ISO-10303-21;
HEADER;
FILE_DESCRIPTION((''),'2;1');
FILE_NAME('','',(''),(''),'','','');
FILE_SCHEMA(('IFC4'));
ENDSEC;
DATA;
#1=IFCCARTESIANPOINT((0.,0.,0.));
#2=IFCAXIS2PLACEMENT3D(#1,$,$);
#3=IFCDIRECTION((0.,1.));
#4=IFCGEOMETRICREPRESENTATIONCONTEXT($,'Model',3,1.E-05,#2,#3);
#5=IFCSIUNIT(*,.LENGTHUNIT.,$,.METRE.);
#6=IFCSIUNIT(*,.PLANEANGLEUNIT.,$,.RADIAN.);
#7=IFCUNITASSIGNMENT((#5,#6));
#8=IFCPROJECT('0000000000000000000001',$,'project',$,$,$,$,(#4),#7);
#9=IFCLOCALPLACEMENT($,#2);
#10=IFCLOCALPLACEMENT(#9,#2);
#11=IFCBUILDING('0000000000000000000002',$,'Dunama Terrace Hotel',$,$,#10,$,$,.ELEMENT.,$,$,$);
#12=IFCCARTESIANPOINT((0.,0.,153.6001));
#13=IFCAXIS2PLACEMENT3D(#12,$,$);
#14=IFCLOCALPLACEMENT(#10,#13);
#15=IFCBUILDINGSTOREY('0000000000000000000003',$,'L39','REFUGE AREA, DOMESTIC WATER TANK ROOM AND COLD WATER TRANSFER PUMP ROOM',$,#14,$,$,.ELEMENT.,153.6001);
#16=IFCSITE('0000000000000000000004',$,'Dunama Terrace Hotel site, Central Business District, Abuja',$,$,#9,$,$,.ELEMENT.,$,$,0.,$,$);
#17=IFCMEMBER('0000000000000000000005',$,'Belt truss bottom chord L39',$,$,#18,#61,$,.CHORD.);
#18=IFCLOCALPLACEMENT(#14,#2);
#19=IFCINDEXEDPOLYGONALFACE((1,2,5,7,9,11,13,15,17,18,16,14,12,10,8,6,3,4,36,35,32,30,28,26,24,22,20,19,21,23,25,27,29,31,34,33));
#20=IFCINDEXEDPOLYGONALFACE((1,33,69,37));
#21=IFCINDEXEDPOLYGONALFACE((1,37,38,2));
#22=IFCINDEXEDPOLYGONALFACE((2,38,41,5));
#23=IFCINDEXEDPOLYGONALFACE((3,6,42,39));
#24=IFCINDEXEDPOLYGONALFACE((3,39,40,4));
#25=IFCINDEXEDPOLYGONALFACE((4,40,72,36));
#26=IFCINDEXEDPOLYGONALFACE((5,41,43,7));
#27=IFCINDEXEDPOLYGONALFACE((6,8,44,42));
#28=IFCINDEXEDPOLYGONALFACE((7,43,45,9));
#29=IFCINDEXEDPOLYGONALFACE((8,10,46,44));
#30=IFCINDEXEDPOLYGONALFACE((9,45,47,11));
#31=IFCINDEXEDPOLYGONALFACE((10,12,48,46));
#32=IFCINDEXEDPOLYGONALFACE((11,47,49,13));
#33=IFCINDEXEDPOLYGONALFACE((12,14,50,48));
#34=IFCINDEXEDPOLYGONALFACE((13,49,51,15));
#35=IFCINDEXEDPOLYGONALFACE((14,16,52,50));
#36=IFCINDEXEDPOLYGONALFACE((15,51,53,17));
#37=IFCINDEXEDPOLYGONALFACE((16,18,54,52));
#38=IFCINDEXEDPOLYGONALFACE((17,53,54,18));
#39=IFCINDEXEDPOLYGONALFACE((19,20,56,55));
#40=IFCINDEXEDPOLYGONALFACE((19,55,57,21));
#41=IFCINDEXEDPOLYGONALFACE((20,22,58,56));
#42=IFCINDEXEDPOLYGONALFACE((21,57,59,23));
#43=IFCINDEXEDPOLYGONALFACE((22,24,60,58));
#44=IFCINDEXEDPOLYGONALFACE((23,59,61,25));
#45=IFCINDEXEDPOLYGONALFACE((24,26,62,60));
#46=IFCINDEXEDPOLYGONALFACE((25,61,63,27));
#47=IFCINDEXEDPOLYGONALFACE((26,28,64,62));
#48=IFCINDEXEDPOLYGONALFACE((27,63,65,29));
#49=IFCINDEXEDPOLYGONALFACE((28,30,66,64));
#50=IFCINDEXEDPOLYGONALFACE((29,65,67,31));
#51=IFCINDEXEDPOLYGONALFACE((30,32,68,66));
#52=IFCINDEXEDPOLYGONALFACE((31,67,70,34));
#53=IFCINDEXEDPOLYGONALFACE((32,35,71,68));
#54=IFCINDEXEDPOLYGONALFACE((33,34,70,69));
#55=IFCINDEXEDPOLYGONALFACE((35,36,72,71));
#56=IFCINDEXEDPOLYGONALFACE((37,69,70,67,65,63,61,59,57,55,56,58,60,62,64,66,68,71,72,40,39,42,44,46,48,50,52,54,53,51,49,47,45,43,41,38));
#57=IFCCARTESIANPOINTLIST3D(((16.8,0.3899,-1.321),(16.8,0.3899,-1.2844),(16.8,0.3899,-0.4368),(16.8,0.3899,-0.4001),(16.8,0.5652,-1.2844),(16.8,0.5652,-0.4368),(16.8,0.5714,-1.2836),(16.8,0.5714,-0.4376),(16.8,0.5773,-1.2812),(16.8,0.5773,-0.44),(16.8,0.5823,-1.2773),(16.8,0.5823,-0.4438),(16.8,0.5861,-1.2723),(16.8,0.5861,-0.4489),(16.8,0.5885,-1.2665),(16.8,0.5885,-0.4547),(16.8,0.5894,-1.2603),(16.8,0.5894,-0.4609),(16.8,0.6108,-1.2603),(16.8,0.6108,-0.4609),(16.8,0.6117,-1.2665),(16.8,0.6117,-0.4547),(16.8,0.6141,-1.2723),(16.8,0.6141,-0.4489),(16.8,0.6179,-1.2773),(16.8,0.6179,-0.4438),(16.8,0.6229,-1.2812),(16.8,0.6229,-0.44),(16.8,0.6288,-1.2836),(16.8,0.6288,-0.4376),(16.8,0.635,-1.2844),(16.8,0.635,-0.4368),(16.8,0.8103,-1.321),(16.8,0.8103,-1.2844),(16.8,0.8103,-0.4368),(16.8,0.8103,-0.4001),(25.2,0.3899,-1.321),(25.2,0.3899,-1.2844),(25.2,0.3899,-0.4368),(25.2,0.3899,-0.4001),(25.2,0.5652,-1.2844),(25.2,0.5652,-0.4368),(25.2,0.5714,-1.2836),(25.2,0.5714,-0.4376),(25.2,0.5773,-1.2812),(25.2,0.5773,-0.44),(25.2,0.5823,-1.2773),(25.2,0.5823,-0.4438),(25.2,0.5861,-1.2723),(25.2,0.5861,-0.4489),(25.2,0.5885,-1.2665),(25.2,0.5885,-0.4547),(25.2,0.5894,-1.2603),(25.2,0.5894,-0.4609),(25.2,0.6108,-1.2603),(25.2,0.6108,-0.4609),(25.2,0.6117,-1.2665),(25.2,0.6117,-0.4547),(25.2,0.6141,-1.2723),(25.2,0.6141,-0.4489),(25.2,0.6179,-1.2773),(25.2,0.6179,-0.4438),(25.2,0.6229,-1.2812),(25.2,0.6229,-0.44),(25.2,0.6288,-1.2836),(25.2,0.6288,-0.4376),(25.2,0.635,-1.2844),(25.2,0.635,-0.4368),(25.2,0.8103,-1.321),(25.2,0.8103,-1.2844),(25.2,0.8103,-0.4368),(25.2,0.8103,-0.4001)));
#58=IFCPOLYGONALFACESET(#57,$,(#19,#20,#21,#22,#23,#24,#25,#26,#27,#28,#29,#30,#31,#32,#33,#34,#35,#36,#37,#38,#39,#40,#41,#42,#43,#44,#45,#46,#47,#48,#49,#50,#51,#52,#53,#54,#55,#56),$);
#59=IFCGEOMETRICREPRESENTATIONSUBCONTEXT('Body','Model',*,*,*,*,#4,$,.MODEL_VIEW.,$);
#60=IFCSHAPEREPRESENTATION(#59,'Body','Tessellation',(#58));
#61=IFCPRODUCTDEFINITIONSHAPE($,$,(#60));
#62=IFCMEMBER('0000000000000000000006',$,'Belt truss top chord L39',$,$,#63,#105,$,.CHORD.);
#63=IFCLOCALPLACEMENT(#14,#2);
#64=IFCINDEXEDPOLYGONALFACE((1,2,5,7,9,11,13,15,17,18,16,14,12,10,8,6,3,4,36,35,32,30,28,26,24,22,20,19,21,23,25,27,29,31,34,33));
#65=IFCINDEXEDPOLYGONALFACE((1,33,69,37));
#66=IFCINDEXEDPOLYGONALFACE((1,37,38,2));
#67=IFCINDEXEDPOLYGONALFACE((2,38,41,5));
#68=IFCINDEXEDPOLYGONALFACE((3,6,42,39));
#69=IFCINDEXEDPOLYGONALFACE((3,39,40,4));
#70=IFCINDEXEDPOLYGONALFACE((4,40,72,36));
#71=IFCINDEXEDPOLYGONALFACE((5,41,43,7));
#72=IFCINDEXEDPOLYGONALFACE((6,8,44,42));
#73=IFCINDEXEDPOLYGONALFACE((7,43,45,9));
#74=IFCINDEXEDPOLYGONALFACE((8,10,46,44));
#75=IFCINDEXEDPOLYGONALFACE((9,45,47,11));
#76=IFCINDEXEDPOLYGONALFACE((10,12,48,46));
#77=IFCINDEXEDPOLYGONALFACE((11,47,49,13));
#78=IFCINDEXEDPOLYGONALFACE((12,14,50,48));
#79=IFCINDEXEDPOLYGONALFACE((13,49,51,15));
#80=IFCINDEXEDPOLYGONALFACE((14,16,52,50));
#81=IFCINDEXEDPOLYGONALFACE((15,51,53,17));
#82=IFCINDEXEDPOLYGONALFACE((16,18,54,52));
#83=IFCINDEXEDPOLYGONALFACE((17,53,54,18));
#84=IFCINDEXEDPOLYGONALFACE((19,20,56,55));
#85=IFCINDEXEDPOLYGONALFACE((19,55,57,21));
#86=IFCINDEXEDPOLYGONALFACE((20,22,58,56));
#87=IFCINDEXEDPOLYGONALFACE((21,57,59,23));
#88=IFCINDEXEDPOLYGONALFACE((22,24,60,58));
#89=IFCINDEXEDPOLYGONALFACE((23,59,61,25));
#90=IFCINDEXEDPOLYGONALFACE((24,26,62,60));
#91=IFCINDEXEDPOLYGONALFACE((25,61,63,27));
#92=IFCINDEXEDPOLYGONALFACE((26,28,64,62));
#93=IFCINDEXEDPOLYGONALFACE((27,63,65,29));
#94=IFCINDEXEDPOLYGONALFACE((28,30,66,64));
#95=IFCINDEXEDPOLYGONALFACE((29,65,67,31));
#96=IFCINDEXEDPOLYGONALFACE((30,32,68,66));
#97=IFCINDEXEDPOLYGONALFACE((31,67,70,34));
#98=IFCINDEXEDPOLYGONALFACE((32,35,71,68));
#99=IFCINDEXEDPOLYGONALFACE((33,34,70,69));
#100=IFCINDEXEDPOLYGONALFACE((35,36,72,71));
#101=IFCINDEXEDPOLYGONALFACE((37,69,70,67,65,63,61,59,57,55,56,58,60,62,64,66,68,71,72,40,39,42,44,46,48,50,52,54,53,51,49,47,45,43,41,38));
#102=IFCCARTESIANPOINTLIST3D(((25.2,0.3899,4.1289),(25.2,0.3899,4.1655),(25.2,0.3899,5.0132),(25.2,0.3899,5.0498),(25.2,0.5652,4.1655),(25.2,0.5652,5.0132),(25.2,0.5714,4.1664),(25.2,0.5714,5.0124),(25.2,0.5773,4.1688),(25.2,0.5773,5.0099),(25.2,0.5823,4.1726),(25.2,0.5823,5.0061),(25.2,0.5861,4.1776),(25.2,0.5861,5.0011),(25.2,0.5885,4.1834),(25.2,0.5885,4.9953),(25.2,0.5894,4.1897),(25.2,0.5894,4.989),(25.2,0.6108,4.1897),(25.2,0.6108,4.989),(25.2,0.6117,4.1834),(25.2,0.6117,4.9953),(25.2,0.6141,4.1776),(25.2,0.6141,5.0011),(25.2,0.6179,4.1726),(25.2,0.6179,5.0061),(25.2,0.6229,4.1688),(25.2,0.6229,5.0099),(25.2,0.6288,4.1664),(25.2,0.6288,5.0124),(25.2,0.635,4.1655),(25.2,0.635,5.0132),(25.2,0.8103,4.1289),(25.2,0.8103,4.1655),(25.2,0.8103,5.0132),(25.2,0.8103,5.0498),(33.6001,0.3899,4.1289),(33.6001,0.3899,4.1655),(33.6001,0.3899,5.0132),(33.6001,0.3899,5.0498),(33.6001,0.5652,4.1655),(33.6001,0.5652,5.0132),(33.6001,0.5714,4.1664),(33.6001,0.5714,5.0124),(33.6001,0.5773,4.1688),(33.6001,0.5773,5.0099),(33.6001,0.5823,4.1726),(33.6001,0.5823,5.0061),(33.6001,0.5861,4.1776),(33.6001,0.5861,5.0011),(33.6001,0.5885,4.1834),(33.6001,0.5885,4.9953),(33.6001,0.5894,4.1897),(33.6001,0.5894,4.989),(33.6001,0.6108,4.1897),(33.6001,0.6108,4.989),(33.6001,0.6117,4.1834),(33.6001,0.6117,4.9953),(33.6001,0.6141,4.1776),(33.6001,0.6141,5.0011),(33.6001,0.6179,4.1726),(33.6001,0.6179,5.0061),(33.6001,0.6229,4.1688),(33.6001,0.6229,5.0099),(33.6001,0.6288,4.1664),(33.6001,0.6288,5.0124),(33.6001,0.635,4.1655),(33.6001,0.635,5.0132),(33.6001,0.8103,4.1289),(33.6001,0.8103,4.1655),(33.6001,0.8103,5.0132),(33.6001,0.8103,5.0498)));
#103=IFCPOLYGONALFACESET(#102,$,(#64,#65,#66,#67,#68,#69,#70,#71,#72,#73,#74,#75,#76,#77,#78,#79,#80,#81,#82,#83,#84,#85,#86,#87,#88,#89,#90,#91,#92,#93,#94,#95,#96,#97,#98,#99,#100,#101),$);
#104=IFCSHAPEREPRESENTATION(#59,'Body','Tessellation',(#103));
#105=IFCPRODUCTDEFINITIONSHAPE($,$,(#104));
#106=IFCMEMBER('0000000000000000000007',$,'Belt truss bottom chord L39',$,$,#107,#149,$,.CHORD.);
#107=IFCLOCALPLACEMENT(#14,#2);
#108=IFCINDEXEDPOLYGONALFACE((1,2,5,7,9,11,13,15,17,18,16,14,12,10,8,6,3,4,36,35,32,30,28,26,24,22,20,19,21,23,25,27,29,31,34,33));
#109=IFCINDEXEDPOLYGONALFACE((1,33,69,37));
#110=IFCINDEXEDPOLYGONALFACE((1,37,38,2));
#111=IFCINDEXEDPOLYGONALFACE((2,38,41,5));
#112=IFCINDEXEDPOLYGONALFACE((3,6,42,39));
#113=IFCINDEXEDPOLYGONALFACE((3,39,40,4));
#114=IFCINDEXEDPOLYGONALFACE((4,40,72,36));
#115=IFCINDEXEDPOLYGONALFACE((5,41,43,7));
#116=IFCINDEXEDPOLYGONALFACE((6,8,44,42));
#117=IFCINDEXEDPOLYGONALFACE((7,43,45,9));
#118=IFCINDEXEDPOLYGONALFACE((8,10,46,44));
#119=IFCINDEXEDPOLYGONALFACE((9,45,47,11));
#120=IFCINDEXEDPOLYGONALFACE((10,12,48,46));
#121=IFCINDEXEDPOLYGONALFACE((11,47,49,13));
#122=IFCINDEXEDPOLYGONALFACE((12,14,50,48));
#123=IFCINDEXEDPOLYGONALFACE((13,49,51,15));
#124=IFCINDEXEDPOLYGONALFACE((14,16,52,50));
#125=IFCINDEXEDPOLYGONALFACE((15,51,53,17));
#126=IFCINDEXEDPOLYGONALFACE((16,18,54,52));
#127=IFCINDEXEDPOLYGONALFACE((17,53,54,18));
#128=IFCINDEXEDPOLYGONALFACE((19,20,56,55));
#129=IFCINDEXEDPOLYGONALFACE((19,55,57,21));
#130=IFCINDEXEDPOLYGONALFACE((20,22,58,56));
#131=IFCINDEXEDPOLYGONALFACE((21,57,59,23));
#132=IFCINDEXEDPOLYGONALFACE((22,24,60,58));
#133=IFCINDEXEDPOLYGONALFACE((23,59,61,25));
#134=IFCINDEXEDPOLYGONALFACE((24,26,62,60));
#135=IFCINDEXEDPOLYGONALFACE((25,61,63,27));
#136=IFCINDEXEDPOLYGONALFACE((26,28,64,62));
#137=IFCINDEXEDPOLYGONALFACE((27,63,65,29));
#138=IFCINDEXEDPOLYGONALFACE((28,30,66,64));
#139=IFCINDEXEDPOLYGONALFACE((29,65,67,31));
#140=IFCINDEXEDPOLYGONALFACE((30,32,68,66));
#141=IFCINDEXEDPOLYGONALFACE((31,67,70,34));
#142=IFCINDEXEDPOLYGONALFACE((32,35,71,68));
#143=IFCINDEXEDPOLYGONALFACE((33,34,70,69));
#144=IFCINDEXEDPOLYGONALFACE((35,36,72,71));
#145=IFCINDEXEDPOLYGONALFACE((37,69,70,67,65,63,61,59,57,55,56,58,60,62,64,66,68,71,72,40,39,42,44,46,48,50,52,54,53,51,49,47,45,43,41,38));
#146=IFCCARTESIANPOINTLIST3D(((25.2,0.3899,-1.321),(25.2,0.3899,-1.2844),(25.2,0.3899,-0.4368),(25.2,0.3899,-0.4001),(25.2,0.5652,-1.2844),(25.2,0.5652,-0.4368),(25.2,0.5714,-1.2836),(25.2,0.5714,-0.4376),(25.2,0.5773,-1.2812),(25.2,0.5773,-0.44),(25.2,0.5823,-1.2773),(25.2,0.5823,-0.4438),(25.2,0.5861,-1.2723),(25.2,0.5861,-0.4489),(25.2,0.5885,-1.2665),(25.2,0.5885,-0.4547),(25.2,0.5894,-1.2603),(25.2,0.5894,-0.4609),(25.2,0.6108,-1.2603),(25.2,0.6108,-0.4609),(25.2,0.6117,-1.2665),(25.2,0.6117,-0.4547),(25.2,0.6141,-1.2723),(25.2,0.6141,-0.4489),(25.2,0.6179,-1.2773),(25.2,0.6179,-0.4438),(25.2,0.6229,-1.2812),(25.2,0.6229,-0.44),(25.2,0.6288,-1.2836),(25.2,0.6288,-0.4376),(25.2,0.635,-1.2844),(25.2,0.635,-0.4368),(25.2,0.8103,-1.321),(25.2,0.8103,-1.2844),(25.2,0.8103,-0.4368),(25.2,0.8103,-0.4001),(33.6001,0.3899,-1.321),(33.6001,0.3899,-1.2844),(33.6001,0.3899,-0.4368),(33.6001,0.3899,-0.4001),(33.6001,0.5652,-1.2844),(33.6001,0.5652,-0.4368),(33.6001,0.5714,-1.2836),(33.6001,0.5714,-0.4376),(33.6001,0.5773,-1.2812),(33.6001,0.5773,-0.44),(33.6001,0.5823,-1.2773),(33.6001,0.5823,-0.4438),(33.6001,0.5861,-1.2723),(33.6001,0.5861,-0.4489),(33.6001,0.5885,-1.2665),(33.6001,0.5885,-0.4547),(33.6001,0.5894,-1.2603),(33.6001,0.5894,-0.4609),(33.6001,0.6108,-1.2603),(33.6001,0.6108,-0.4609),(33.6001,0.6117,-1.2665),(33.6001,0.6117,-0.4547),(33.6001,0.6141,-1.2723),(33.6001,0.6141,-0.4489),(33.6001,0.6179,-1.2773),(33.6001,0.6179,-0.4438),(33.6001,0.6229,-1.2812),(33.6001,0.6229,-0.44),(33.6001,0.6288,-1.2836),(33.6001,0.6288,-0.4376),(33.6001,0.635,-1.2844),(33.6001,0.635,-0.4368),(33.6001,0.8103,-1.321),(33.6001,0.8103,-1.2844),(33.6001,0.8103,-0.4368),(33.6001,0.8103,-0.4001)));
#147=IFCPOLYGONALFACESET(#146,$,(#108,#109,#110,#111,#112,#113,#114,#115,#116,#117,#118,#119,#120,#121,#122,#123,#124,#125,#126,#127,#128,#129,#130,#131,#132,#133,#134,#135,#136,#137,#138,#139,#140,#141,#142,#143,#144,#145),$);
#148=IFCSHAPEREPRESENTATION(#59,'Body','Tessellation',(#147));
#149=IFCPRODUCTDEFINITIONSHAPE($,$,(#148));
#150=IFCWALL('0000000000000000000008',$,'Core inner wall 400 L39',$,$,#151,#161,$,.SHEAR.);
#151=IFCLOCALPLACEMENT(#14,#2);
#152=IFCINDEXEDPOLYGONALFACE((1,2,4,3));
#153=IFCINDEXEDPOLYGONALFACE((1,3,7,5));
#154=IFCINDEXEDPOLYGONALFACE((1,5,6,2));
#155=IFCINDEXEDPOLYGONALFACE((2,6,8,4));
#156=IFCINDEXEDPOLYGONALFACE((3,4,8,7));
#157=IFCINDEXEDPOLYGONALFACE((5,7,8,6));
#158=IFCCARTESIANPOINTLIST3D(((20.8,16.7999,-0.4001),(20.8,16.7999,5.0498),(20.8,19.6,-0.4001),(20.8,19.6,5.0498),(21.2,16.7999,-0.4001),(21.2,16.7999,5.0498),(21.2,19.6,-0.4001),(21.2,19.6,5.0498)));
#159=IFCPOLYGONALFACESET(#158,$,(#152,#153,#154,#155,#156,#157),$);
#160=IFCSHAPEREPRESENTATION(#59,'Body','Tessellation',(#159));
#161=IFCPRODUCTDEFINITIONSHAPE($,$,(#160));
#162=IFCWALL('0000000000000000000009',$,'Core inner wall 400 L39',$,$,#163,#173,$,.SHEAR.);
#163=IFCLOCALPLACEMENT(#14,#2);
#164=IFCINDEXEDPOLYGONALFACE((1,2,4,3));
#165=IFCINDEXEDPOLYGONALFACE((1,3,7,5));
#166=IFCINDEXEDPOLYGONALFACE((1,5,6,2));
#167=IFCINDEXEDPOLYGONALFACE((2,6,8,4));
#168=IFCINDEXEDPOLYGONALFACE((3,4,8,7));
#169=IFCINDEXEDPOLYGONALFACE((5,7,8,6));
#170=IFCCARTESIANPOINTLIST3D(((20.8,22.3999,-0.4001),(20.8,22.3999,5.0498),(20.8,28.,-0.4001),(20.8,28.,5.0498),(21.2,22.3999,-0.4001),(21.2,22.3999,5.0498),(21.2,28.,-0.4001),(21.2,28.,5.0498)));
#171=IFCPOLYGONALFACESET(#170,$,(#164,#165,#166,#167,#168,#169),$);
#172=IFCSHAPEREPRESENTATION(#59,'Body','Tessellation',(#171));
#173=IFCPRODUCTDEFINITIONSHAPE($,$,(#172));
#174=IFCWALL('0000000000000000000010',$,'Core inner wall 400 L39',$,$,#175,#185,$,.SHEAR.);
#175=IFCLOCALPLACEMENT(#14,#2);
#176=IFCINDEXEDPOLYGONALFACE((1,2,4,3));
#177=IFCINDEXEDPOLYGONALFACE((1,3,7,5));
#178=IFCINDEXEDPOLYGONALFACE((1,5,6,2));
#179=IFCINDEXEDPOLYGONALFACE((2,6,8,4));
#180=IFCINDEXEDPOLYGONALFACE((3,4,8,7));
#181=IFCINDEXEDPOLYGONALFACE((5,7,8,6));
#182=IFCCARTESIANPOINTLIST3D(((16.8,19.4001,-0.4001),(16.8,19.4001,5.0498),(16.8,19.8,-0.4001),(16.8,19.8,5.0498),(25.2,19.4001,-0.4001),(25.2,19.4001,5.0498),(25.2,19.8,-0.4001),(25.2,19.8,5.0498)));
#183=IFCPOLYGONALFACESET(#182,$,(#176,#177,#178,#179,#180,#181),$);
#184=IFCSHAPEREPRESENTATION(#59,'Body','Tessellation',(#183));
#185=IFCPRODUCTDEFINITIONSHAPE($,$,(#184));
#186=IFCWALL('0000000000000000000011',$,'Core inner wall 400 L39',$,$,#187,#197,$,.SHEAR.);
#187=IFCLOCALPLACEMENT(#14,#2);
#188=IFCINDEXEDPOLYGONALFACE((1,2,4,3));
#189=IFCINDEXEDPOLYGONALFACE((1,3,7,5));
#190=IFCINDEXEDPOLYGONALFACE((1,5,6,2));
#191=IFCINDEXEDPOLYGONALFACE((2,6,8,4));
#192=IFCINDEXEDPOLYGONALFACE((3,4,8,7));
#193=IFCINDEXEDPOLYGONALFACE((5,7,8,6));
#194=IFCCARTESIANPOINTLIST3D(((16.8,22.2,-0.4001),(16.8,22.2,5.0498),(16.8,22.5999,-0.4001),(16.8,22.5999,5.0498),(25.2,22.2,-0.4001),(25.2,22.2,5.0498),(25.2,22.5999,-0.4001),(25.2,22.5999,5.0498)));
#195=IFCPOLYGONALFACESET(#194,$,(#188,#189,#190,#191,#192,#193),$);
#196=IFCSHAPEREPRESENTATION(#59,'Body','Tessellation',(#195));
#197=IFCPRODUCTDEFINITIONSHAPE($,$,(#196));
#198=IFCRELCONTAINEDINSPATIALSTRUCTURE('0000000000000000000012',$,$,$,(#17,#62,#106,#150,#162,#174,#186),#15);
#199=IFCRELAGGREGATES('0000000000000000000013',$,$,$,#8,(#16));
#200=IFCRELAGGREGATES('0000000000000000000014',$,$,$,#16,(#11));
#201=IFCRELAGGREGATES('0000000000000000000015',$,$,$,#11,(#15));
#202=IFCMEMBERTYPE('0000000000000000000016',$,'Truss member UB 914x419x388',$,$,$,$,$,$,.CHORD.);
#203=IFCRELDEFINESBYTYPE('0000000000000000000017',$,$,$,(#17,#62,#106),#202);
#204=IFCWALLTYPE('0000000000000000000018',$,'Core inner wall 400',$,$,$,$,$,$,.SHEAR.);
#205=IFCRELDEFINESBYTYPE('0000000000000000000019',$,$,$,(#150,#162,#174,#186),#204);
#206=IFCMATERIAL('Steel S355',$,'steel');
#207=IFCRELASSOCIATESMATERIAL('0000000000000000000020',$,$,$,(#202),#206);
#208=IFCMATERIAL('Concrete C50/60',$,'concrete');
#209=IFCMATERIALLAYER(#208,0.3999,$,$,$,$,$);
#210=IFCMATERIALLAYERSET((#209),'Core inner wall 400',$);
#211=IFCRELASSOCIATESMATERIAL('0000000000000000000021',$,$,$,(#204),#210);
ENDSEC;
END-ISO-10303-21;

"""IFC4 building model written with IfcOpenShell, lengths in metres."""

from ifc_helpers import new_model, si_unit, direction, frame, frame_2d, origin, origin_2d, place, context, subcontext, project, spatial, rectangle, i_section, extrude, material, layer, layer_set, material_profile, profile_set, type_object, element, save


model = new_model("IFC4")

# Units and contexts
model_context = context("Model", 3, precision=1e-05, world=origin(), true_north=direction((0.0, 1.0)))
body_context = subcontext(model_context, "Body", "Model", "MODEL_VIEW")
ifc_project = project(units=[si_unit("LENGTHUNIT", "METRE"), si_unit("PLANEANGLEUNIT", "RADIAN")], contexts=[model_context])

# Site, building, storey
site_placement = place(None, origin())
site = spatial("IfcSite", under=ifc_project, at=site_placement, Name="Dunama Terrace Hotel site, Central Business District, Abuja", CompositionType="ELEMENT", RefElevation=0.0)
building_placement = place(site_placement, origin())
building = spatial("IfcBuilding", under=site, at=building_placement, Name="Dunama Terrace Hotel", CompositionType="ELEMENT")
storey_placement = place(building_placement, frame((0.0, 0.0, 153.6001)))
storey = spatial("IfcBuildingStorey", under=building, at=storey_placement, Name="L39", Description="REFUGE AREA, DOMESTIC WATER TANK ROOM AND COLD WATER TRANSFER PUMP ROOM", CompositionType="ELEMENT", Elevation=153.6001)

# Members
ifc_material_1 = material(Name="Steel S355", Category="steel")
ifc_material_profile_1 = material_profile(ifc_material_1, i_section(OverallWidth=0.4204, OverallDepth=0.9209, WebThickness=0.0215, FlangeThickness=0.0366, FilletRadius=0.0242, at=origin_2d()), Name="UB 914x419x388")
ifc_profile_set_1 = profile_set([ifc_material_profile_1], Name="Steel S355")
member_type_1 = type_object("IfcMemberType", Name="Truss member UB 914x419x388", PredefinedType="CHORD", material=ifc_profile_set_1)
for number, where, z_axis, x_axis, name in (
    (1, (16.8, 0.6001, -0.8606), (1.0, 0.0, 0.0), (0.0, 1.0, 0.0), "Belt truss bottom chord L39"),
):
    element("IfcMember", number, at=place(storey_placement, frame(where, z_axis=z_axis, x_axis=x_axis)), inside=storey, type_object=member_type_1, Name=name, PredefinedType="CHORD", context=body_context, shape_type="SweptSolid", body=[
        extrude(i_section(OverallWidth=0.4204, OverallDepth=0.9209, WebThickness=0.0215, FlangeThickness=0.0366, FilletRadius=0.0242, at=origin_2d()), origin(), (0.0, 0.0, 1.0), 8.3999),
    ])
for number, where, z_axis, x_axis, name in (
    (2, (25.2, 0.6001, 4.5894), (1.0, 0.0, 0.0), (0.0, 1.0, 0.0), "Belt truss top chord L39"),
    (3, (25.2, 0.6001, -0.8606), (1.0, 0.0, 0.0), (0.0, 1.0, 0.0), "Belt truss bottom chord L39"),
):
    element("IfcMember", number, at=place(storey_placement, frame(where, z_axis=z_axis, x_axis=x_axis)), inside=storey, type_object=member_type_1, Name=name, PredefinedType="CHORD", context=body_context, shape_type="SweptSolid", body=[
        extrude(i_section(OverallWidth=0.4204, OverallDepth=0.9209, WebThickness=0.0215, FlangeThickness=0.0366, FilletRadius=0.0242, at=origin_2d()), origin(), (0.0, 0.0, 1.0), 8.4001),
    ])

# Walls
ifc_material_2 = material(Name="Concrete C50/60", Category="concrete")
ifc_layer_1 = layer(ifc_material_2, 0.3999)
ifc_layer_set_1 = layer_set([ifc_layer_1], Name="Core inner wall 400")
wall_type_1 = type_object("IfcWallType", Name="Core inner wall 400", PredefinedType="SHEAR", material=ifc_layer_set_1)
wall_1_placement = place(storey_placement, frame((21.0, 16.8, -0.4001), z_axis=(0.0, 0.0, 1.0), x_axis=(0.0, 1.0, 0.0)))
element("IfcWall", 4, at=wall_1_placement, inside=storey, type_object=wall_type_1, Name="Core inner wall 400 L39", PredefinedType="SHEAR", context=body_context, shape_type="SweptSolid", body=[
    extrude(rectangle(XDim=2.8, YDim=0.3999, at=frame_2d((1.3999, 0.0))), origin(), (0.0, 0.0, 1.0), 5.45),
])
wall_2_placement = place(storey_placement, frame((21.0, 22.3999, -0.4001), z_axis=(0.0, 0.0, 1.0), x_axis=(0.0, 1.0, 0.0)))
element("IfcWall", 5, at=wall_2_placement, inside=storey, type_object=wall_type_1, Name="Core inner wall 400 L39", PredefinedType="SHEAR", context=body_context, shape_type="SweptSolid", body=[
    extrude(rectangle(XDim=5.6001, YDim=0.3999, at=frame_2d((2.8, 0.0))), origin(), (0.0, 0.0, 1.0), 5.45),
])
for number, where, z_axis, x_axis, name in (
    (6, (16.8, 19.6001, -0.4001), (0.0, 0.0, 1.0), (1.0, 0.0, 0.0), "Core inner wall 400 L39"),
    (7, (16.8, 22.3999, -0.4001), (0.0, 0.0, 1.0), (1.0, 0.0, 0.0), "Core inner wall 400 L39"),
):
    element("IfcWall", number, at=place(storey_placement, frame(where, z_axis=z_axis, x_axis=x_axis)), inside=storey, type_object=wall_type_1, Name=name, PredefinedType="SHEAR", context=body_context, shape_type="SweptSolid", body=[
        extrude(rectangle(XDim=8.3999, YDim=0.3999, at=frame_2d((4.2, 0.0))), origin(), (0.0, 0.0, 1.0), 5.45),
    ])

save(model, "model.ifc")
